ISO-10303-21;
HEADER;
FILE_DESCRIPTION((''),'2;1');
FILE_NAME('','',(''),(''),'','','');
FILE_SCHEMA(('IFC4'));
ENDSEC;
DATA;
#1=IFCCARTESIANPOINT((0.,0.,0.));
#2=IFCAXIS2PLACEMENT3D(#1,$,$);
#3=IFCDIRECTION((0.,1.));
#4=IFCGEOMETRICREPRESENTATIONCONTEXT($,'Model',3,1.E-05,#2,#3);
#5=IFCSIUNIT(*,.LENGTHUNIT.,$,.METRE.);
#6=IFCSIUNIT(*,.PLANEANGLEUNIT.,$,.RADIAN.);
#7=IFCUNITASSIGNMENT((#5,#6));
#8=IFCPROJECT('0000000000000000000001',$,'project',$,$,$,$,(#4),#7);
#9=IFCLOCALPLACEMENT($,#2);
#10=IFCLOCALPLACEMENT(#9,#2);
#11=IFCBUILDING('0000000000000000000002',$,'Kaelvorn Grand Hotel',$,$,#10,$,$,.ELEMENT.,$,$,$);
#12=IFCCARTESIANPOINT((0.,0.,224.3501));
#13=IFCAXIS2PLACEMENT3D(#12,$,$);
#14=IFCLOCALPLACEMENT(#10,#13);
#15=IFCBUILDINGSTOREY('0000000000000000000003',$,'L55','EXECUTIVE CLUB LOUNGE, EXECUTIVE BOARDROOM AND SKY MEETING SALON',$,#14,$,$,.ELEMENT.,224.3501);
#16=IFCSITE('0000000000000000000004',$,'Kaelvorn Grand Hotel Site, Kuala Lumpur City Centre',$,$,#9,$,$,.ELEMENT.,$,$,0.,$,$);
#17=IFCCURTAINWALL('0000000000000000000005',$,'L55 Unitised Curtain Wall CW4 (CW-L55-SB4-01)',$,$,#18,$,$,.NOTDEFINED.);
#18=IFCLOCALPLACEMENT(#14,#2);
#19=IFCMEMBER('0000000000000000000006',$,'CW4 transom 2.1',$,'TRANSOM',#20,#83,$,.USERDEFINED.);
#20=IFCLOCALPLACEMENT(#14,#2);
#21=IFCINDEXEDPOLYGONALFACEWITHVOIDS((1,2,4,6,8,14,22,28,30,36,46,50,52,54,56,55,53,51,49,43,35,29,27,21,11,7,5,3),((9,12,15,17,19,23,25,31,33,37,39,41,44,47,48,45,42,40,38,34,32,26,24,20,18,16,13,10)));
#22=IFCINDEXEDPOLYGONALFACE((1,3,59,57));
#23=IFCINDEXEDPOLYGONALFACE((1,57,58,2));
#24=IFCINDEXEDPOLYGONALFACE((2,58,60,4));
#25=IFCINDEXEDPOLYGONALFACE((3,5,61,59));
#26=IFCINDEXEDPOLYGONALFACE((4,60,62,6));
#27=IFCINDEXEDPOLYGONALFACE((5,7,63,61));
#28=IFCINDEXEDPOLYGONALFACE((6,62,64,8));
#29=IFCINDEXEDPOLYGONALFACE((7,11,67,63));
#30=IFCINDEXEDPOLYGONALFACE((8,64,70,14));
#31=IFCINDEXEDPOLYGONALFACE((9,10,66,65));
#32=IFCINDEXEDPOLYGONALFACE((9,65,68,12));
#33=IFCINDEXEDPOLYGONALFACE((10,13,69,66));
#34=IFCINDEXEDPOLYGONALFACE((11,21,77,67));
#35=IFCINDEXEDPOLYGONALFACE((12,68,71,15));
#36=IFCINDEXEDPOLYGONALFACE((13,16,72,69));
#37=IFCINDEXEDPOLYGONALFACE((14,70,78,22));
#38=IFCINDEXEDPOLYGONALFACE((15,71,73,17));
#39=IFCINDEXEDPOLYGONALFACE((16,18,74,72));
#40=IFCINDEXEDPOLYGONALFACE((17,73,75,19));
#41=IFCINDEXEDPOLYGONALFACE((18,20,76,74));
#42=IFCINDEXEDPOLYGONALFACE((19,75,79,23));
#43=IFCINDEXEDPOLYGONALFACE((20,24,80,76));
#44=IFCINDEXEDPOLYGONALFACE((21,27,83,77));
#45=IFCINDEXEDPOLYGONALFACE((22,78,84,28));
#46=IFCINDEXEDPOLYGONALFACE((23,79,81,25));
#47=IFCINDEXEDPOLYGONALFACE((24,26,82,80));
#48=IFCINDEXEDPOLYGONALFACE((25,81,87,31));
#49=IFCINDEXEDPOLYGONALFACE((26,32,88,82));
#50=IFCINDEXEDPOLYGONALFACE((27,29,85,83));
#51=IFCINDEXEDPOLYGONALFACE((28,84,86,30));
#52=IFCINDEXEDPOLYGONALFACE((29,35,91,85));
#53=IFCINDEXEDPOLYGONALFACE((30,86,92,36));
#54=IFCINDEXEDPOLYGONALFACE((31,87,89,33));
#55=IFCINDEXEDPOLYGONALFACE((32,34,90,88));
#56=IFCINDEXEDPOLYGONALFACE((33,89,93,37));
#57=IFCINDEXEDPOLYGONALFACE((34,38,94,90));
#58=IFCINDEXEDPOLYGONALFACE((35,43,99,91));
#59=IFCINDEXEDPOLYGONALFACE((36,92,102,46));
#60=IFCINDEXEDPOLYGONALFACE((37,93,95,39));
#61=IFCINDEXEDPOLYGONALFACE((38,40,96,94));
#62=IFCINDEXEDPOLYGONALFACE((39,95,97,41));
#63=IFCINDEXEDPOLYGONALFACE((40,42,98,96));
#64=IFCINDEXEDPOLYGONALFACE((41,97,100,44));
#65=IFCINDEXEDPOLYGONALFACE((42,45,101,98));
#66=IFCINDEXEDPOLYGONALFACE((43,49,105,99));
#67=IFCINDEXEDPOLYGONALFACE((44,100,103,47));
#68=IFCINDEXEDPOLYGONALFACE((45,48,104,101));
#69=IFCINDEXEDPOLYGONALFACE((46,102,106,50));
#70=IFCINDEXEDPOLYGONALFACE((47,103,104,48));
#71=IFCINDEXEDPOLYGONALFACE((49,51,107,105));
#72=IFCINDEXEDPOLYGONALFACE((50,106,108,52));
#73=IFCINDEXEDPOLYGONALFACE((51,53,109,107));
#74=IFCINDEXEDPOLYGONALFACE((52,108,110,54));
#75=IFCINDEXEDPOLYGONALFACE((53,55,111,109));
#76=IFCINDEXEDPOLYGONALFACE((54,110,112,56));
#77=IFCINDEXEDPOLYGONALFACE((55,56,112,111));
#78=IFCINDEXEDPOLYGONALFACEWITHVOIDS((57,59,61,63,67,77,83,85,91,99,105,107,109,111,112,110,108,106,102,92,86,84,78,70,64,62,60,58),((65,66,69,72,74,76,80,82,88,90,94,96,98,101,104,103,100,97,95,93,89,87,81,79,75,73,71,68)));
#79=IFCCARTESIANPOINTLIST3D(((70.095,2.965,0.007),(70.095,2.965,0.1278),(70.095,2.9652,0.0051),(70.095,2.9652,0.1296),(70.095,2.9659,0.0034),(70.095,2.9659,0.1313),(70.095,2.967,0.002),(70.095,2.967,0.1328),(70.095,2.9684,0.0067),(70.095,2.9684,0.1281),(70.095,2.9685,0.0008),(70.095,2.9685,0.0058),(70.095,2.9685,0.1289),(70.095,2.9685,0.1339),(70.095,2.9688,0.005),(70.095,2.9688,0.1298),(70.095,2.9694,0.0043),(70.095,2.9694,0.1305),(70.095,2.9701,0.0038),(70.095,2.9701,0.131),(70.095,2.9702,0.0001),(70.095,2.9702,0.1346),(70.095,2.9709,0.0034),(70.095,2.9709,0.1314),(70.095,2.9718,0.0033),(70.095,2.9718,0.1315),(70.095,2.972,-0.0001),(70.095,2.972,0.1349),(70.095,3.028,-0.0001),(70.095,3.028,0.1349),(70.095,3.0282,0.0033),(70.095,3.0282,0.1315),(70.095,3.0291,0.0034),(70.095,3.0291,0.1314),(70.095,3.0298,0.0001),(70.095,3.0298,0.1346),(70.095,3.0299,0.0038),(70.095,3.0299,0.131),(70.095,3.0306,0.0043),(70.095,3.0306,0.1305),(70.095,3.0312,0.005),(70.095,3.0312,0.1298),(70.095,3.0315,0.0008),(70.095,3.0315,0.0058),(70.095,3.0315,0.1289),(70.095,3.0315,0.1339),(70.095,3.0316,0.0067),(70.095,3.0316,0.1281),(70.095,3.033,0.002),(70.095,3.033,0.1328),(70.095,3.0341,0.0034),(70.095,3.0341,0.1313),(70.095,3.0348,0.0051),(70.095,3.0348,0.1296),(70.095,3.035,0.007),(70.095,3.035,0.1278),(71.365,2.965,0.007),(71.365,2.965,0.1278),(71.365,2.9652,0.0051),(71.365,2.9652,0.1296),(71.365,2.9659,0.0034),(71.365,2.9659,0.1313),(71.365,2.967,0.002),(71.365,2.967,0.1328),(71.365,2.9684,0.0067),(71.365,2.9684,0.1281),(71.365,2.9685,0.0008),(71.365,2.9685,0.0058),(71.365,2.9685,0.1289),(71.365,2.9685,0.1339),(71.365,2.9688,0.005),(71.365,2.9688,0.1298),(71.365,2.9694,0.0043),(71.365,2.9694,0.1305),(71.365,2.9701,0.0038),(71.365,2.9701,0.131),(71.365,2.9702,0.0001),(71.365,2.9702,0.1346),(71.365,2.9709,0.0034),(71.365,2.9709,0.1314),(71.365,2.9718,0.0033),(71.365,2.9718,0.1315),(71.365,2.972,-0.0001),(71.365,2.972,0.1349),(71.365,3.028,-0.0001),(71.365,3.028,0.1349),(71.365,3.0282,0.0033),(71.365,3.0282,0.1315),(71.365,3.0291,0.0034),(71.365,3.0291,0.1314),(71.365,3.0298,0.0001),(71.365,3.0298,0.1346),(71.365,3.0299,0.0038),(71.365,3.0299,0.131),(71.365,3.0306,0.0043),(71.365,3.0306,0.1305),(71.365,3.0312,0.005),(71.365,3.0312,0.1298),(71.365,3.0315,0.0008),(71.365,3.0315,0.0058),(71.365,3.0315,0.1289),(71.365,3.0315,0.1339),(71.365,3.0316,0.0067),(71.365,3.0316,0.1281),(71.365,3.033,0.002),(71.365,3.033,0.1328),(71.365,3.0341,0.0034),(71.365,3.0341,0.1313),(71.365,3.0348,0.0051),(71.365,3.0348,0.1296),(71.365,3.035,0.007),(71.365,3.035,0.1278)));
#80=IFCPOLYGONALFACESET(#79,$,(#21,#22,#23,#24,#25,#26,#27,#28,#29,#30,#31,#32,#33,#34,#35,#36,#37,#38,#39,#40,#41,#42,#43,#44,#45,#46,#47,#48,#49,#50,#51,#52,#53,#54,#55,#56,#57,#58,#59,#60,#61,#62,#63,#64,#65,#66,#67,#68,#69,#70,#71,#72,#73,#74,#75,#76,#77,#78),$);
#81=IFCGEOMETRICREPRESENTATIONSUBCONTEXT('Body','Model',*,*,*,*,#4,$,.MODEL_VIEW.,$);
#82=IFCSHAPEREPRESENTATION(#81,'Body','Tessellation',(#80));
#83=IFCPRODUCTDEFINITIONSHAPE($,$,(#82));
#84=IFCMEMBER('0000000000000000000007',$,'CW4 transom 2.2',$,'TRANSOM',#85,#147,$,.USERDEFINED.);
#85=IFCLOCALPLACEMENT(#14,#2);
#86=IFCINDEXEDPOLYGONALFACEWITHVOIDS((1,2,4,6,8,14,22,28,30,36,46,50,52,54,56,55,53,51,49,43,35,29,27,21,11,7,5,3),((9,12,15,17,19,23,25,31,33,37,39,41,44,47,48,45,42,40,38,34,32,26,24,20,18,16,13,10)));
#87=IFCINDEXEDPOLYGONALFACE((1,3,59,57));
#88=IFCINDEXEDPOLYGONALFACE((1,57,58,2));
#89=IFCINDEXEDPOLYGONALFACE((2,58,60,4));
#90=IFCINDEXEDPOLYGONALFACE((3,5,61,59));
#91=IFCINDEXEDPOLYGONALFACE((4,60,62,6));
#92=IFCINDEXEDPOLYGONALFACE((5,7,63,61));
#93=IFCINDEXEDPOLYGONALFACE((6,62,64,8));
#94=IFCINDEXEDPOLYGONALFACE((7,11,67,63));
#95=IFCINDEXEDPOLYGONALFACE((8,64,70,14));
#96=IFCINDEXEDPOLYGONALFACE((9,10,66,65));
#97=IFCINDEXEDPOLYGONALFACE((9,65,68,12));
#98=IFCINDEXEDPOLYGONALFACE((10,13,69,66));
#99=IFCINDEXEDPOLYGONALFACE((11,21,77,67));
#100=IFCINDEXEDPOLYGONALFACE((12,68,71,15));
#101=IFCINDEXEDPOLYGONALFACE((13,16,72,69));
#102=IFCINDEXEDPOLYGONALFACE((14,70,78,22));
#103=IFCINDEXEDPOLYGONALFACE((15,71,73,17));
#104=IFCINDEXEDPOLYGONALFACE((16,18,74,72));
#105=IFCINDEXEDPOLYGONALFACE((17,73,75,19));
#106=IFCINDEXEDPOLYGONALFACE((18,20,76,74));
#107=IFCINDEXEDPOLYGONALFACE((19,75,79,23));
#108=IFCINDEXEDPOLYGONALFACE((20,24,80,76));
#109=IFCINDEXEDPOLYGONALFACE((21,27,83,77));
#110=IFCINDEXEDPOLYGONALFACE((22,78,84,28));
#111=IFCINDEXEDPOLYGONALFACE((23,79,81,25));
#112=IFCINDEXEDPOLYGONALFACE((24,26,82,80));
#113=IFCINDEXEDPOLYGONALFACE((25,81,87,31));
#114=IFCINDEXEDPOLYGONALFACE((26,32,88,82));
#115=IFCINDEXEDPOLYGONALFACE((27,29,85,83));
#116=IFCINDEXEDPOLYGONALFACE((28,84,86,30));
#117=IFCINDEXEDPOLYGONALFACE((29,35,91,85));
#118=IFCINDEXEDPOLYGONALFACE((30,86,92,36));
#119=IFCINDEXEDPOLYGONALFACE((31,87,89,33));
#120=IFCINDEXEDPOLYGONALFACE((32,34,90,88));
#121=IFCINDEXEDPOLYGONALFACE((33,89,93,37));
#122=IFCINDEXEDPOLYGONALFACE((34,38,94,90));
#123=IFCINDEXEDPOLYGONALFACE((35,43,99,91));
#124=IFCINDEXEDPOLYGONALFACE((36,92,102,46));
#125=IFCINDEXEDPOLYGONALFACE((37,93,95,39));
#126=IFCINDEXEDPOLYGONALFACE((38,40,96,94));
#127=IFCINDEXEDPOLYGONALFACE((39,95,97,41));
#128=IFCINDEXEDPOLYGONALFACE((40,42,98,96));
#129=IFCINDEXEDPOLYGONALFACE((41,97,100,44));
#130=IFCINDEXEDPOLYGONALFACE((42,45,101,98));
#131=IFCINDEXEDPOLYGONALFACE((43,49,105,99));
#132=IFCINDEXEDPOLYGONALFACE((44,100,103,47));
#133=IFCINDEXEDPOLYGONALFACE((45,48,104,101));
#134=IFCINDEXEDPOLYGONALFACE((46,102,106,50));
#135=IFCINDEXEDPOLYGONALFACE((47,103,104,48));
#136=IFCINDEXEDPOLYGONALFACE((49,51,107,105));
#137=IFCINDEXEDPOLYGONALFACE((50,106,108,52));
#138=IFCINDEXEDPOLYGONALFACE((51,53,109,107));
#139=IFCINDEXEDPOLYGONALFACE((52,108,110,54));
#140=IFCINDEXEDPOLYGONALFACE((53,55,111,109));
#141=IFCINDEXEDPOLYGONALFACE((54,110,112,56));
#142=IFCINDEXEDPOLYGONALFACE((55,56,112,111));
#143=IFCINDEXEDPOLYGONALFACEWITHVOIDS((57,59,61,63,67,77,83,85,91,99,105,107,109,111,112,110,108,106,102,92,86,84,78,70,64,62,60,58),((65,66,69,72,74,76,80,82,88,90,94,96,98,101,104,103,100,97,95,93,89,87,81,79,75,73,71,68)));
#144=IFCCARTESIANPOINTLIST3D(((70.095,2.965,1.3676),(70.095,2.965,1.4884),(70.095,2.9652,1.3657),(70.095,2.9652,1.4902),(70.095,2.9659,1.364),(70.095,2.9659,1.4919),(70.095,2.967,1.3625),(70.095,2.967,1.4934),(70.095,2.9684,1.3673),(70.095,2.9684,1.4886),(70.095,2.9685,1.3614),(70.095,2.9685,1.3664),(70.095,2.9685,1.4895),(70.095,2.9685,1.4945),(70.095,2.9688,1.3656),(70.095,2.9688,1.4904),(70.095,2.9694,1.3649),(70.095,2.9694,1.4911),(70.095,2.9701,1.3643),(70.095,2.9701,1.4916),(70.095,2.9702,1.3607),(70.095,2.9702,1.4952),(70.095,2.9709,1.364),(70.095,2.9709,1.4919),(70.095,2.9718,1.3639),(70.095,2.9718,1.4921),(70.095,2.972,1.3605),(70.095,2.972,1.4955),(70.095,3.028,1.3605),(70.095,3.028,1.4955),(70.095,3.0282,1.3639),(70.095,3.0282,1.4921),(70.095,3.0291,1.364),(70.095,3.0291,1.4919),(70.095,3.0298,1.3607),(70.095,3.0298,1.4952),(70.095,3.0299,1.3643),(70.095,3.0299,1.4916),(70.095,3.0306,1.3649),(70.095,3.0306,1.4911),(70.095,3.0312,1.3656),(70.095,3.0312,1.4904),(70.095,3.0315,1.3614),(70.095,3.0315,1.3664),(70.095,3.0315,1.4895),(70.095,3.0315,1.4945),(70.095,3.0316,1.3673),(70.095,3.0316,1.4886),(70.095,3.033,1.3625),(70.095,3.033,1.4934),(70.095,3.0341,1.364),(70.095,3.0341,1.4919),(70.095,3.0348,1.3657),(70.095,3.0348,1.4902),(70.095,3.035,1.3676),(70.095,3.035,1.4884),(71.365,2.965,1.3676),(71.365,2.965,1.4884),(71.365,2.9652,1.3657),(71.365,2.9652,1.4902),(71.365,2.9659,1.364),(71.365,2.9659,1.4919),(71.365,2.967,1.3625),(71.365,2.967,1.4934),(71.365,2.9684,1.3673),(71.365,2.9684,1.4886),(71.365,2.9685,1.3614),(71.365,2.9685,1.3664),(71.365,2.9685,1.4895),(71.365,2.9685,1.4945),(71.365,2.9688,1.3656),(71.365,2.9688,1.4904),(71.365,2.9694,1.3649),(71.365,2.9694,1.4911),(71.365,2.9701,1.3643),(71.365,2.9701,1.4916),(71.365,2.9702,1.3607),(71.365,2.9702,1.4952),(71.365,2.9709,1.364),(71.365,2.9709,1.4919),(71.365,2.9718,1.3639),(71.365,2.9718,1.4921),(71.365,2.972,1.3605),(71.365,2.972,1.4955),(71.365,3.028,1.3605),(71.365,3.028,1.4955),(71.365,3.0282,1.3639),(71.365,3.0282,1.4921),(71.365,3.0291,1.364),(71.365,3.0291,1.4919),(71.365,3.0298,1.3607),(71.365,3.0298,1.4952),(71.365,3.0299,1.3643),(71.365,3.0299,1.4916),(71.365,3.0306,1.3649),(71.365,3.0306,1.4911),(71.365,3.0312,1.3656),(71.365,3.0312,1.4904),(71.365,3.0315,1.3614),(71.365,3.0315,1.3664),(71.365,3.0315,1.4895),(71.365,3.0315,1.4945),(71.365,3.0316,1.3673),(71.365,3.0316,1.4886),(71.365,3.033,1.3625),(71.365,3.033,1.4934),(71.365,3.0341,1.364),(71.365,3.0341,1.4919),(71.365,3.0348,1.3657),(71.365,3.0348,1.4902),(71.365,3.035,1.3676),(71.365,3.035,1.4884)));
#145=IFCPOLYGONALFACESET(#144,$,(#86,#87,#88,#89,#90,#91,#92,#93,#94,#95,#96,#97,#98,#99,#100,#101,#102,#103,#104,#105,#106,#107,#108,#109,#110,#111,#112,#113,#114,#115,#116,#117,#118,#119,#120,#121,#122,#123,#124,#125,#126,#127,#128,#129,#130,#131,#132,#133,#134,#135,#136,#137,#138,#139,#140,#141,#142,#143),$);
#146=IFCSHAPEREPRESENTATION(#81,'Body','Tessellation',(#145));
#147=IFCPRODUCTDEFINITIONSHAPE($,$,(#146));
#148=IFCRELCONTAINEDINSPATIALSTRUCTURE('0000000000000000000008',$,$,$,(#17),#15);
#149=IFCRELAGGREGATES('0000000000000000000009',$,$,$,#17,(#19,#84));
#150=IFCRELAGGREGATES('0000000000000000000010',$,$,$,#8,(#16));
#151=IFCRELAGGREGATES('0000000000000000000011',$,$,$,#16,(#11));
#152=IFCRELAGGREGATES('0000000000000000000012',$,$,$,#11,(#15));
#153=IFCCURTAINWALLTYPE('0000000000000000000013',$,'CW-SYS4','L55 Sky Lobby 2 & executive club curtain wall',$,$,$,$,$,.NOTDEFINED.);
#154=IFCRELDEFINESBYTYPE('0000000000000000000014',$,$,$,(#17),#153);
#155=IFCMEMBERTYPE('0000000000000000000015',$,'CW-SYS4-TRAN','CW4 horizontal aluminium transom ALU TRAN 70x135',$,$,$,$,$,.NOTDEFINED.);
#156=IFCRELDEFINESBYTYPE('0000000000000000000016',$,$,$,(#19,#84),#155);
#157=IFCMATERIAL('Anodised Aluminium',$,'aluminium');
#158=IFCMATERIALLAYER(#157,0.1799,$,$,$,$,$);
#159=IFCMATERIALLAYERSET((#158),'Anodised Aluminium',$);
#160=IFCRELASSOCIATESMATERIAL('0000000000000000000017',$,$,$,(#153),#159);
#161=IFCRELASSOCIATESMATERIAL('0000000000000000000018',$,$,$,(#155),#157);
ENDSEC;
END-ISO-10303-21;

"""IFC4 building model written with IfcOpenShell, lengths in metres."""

from ifc_helpers import new_model, si_unit, direction, frame, origin, origin_2d, place, context, subcontext, project, spatial, hollow_rectangle, extrude, material, layer, layer_set, material_profile, profile_set, type_object, element, aggregate, save


model = new_model("IFC4")

# Units and contexts
model_context = context("Model", 3, precision=1e-05, world=origin(), true_north=direction((0.0, 1.0)))
body_context = subcontext(model_context, "Body", "Model", "MODEL_VIEW")
ifc_project = project(units=[si_unit("LENGTHUNIT", "METRE"), si_unit("PLANEANGLEUNIT", "RADIAN")], contexts=[model_context])

# Site, building, storey
site_placement = place(None, origin())
site = spatial("IfcSite", under=ifc_project, at=site_placement, Name="Kaelvorn Grand Hotel Site, Kuala Lumpur City Centre", CompositionType="ELEMENT", RefElevation=0.0)
building_placement = place(site_placement, origin())
building = spatial("IfcBuilding", under=site, at=building_placement, Name="Kaelvorn Grand Hotel", CompositionType="ELEMENT")
storey_placement = place(building_placement, frame((0.0, 0.0, 224.3501)))
storey = spatial("IfcBuildingStorey", under=building, at=storey_placement, Name="L55", Description="EXECUTIVE CLUB LOUNGE, EXECUTIVE BOARDROOM AND SKY MEETING SALON", CompositionType="ELEMENT", Elevation=224.3501)

# Curtain wall, members
ifc_material_1 = material(Name="Anodised Aluminium", Category="aluminium")
ifc_layer_1 = layer(ifc_material_1, 0.1799)
ifc_layer_set_1 = layer_set([ifc_layer_1], Name="Anodised Aluminium")
curtain_wall_type = type_object("IfcCurtainWallType", Name="CW-SYS4", Description="L55 Sky Lobby 2 & executive club curtain wall", PredefinedType="NOTDEFINED", material=ifc_layer_set_1)
curtain_wall_placement = place(storey_placement, origin())
curtain_wall = element("IfcCurtainWall", 1, at=curtain_wall_placement, inside=storey, type_object=curtain_wall_type, Name="L55 Unitised Curtain Wall CW4 (CW-L55-SB4-01)", PredefinedType="NOTDEFINED")
ifc_material_profile_1 = material_profile(ifc_material_1, hollow_rectangle(XDim=0.0701, YDim=0.135, WallThickness=0.0034, InnerFilletRadius=0.0034, OuterFilletRadius=0.0071, at=origin_2d()), Name="ALU TRAN 70x135")
ifc_profile_set_1 = profile_set([ifc_material_profile_1], Name="Anodised Aluminium")
member_type_1 = type_object("IfcMemberType", Name="CW-SYS4-TRAN", Description="CW4 horizontal aluminium transom ALU TRAN 70x135", PredefinedType="NOTDEFINED", material=ifc_profile_set_1)
member_1_placement = place(storey_placement, frame((70.095, 3.0, 0.0674), z_axis=(1.0, 0.0, 0.0), x_axis=(0.0, 1.0, 0.0)))
member_1 = element("IfcMember", 2, at=member_1_placement, type_object=member_type_1, Name="CW4 transom 2.1", ObjectType="TRANSOM", PredefinedType="USERDEFINED", context=body_context, shape_type="SweptSolid", body=[
    extrude(hollow_rectangle(XDim=0.0701, YDim=0.135, WallThickness=0.0034, InnerFilletRadius=0.0034, OuterFilletRadius=0.0071, at=origin_2d()), origin(), (0.0, 0.0, 1.0), 1.27),
])
member_2_placement = place(storey_placement, frame((70.095, 3.0, 1.428), z_axis=(1.0, 0.0, 0.0), x_axis=(0.0, 1.0, 0.0)))
member_2 = element("IfcMember", 3, at=member_2_placement, type_object=member_type_1, Name="CW4 transom 2.2", ObjectType="TRANSOM", PredefinedType="USERDEFINED", context=body_context, shape_type="SweptSolid", body=[
    extrude(hollow_rectangle(XDim=0.0701, YDim=0.135, WallThickness=0.0034, InnerFilletRadius=0.0034, OuterFilletRadius=0.0071, at=origin_2d()), origin(), (0.0, 0.0, 1.0), 1.27),
])
aggregate(curtain_wall, [member_1, member_2])

save(model, "model.ifc")
